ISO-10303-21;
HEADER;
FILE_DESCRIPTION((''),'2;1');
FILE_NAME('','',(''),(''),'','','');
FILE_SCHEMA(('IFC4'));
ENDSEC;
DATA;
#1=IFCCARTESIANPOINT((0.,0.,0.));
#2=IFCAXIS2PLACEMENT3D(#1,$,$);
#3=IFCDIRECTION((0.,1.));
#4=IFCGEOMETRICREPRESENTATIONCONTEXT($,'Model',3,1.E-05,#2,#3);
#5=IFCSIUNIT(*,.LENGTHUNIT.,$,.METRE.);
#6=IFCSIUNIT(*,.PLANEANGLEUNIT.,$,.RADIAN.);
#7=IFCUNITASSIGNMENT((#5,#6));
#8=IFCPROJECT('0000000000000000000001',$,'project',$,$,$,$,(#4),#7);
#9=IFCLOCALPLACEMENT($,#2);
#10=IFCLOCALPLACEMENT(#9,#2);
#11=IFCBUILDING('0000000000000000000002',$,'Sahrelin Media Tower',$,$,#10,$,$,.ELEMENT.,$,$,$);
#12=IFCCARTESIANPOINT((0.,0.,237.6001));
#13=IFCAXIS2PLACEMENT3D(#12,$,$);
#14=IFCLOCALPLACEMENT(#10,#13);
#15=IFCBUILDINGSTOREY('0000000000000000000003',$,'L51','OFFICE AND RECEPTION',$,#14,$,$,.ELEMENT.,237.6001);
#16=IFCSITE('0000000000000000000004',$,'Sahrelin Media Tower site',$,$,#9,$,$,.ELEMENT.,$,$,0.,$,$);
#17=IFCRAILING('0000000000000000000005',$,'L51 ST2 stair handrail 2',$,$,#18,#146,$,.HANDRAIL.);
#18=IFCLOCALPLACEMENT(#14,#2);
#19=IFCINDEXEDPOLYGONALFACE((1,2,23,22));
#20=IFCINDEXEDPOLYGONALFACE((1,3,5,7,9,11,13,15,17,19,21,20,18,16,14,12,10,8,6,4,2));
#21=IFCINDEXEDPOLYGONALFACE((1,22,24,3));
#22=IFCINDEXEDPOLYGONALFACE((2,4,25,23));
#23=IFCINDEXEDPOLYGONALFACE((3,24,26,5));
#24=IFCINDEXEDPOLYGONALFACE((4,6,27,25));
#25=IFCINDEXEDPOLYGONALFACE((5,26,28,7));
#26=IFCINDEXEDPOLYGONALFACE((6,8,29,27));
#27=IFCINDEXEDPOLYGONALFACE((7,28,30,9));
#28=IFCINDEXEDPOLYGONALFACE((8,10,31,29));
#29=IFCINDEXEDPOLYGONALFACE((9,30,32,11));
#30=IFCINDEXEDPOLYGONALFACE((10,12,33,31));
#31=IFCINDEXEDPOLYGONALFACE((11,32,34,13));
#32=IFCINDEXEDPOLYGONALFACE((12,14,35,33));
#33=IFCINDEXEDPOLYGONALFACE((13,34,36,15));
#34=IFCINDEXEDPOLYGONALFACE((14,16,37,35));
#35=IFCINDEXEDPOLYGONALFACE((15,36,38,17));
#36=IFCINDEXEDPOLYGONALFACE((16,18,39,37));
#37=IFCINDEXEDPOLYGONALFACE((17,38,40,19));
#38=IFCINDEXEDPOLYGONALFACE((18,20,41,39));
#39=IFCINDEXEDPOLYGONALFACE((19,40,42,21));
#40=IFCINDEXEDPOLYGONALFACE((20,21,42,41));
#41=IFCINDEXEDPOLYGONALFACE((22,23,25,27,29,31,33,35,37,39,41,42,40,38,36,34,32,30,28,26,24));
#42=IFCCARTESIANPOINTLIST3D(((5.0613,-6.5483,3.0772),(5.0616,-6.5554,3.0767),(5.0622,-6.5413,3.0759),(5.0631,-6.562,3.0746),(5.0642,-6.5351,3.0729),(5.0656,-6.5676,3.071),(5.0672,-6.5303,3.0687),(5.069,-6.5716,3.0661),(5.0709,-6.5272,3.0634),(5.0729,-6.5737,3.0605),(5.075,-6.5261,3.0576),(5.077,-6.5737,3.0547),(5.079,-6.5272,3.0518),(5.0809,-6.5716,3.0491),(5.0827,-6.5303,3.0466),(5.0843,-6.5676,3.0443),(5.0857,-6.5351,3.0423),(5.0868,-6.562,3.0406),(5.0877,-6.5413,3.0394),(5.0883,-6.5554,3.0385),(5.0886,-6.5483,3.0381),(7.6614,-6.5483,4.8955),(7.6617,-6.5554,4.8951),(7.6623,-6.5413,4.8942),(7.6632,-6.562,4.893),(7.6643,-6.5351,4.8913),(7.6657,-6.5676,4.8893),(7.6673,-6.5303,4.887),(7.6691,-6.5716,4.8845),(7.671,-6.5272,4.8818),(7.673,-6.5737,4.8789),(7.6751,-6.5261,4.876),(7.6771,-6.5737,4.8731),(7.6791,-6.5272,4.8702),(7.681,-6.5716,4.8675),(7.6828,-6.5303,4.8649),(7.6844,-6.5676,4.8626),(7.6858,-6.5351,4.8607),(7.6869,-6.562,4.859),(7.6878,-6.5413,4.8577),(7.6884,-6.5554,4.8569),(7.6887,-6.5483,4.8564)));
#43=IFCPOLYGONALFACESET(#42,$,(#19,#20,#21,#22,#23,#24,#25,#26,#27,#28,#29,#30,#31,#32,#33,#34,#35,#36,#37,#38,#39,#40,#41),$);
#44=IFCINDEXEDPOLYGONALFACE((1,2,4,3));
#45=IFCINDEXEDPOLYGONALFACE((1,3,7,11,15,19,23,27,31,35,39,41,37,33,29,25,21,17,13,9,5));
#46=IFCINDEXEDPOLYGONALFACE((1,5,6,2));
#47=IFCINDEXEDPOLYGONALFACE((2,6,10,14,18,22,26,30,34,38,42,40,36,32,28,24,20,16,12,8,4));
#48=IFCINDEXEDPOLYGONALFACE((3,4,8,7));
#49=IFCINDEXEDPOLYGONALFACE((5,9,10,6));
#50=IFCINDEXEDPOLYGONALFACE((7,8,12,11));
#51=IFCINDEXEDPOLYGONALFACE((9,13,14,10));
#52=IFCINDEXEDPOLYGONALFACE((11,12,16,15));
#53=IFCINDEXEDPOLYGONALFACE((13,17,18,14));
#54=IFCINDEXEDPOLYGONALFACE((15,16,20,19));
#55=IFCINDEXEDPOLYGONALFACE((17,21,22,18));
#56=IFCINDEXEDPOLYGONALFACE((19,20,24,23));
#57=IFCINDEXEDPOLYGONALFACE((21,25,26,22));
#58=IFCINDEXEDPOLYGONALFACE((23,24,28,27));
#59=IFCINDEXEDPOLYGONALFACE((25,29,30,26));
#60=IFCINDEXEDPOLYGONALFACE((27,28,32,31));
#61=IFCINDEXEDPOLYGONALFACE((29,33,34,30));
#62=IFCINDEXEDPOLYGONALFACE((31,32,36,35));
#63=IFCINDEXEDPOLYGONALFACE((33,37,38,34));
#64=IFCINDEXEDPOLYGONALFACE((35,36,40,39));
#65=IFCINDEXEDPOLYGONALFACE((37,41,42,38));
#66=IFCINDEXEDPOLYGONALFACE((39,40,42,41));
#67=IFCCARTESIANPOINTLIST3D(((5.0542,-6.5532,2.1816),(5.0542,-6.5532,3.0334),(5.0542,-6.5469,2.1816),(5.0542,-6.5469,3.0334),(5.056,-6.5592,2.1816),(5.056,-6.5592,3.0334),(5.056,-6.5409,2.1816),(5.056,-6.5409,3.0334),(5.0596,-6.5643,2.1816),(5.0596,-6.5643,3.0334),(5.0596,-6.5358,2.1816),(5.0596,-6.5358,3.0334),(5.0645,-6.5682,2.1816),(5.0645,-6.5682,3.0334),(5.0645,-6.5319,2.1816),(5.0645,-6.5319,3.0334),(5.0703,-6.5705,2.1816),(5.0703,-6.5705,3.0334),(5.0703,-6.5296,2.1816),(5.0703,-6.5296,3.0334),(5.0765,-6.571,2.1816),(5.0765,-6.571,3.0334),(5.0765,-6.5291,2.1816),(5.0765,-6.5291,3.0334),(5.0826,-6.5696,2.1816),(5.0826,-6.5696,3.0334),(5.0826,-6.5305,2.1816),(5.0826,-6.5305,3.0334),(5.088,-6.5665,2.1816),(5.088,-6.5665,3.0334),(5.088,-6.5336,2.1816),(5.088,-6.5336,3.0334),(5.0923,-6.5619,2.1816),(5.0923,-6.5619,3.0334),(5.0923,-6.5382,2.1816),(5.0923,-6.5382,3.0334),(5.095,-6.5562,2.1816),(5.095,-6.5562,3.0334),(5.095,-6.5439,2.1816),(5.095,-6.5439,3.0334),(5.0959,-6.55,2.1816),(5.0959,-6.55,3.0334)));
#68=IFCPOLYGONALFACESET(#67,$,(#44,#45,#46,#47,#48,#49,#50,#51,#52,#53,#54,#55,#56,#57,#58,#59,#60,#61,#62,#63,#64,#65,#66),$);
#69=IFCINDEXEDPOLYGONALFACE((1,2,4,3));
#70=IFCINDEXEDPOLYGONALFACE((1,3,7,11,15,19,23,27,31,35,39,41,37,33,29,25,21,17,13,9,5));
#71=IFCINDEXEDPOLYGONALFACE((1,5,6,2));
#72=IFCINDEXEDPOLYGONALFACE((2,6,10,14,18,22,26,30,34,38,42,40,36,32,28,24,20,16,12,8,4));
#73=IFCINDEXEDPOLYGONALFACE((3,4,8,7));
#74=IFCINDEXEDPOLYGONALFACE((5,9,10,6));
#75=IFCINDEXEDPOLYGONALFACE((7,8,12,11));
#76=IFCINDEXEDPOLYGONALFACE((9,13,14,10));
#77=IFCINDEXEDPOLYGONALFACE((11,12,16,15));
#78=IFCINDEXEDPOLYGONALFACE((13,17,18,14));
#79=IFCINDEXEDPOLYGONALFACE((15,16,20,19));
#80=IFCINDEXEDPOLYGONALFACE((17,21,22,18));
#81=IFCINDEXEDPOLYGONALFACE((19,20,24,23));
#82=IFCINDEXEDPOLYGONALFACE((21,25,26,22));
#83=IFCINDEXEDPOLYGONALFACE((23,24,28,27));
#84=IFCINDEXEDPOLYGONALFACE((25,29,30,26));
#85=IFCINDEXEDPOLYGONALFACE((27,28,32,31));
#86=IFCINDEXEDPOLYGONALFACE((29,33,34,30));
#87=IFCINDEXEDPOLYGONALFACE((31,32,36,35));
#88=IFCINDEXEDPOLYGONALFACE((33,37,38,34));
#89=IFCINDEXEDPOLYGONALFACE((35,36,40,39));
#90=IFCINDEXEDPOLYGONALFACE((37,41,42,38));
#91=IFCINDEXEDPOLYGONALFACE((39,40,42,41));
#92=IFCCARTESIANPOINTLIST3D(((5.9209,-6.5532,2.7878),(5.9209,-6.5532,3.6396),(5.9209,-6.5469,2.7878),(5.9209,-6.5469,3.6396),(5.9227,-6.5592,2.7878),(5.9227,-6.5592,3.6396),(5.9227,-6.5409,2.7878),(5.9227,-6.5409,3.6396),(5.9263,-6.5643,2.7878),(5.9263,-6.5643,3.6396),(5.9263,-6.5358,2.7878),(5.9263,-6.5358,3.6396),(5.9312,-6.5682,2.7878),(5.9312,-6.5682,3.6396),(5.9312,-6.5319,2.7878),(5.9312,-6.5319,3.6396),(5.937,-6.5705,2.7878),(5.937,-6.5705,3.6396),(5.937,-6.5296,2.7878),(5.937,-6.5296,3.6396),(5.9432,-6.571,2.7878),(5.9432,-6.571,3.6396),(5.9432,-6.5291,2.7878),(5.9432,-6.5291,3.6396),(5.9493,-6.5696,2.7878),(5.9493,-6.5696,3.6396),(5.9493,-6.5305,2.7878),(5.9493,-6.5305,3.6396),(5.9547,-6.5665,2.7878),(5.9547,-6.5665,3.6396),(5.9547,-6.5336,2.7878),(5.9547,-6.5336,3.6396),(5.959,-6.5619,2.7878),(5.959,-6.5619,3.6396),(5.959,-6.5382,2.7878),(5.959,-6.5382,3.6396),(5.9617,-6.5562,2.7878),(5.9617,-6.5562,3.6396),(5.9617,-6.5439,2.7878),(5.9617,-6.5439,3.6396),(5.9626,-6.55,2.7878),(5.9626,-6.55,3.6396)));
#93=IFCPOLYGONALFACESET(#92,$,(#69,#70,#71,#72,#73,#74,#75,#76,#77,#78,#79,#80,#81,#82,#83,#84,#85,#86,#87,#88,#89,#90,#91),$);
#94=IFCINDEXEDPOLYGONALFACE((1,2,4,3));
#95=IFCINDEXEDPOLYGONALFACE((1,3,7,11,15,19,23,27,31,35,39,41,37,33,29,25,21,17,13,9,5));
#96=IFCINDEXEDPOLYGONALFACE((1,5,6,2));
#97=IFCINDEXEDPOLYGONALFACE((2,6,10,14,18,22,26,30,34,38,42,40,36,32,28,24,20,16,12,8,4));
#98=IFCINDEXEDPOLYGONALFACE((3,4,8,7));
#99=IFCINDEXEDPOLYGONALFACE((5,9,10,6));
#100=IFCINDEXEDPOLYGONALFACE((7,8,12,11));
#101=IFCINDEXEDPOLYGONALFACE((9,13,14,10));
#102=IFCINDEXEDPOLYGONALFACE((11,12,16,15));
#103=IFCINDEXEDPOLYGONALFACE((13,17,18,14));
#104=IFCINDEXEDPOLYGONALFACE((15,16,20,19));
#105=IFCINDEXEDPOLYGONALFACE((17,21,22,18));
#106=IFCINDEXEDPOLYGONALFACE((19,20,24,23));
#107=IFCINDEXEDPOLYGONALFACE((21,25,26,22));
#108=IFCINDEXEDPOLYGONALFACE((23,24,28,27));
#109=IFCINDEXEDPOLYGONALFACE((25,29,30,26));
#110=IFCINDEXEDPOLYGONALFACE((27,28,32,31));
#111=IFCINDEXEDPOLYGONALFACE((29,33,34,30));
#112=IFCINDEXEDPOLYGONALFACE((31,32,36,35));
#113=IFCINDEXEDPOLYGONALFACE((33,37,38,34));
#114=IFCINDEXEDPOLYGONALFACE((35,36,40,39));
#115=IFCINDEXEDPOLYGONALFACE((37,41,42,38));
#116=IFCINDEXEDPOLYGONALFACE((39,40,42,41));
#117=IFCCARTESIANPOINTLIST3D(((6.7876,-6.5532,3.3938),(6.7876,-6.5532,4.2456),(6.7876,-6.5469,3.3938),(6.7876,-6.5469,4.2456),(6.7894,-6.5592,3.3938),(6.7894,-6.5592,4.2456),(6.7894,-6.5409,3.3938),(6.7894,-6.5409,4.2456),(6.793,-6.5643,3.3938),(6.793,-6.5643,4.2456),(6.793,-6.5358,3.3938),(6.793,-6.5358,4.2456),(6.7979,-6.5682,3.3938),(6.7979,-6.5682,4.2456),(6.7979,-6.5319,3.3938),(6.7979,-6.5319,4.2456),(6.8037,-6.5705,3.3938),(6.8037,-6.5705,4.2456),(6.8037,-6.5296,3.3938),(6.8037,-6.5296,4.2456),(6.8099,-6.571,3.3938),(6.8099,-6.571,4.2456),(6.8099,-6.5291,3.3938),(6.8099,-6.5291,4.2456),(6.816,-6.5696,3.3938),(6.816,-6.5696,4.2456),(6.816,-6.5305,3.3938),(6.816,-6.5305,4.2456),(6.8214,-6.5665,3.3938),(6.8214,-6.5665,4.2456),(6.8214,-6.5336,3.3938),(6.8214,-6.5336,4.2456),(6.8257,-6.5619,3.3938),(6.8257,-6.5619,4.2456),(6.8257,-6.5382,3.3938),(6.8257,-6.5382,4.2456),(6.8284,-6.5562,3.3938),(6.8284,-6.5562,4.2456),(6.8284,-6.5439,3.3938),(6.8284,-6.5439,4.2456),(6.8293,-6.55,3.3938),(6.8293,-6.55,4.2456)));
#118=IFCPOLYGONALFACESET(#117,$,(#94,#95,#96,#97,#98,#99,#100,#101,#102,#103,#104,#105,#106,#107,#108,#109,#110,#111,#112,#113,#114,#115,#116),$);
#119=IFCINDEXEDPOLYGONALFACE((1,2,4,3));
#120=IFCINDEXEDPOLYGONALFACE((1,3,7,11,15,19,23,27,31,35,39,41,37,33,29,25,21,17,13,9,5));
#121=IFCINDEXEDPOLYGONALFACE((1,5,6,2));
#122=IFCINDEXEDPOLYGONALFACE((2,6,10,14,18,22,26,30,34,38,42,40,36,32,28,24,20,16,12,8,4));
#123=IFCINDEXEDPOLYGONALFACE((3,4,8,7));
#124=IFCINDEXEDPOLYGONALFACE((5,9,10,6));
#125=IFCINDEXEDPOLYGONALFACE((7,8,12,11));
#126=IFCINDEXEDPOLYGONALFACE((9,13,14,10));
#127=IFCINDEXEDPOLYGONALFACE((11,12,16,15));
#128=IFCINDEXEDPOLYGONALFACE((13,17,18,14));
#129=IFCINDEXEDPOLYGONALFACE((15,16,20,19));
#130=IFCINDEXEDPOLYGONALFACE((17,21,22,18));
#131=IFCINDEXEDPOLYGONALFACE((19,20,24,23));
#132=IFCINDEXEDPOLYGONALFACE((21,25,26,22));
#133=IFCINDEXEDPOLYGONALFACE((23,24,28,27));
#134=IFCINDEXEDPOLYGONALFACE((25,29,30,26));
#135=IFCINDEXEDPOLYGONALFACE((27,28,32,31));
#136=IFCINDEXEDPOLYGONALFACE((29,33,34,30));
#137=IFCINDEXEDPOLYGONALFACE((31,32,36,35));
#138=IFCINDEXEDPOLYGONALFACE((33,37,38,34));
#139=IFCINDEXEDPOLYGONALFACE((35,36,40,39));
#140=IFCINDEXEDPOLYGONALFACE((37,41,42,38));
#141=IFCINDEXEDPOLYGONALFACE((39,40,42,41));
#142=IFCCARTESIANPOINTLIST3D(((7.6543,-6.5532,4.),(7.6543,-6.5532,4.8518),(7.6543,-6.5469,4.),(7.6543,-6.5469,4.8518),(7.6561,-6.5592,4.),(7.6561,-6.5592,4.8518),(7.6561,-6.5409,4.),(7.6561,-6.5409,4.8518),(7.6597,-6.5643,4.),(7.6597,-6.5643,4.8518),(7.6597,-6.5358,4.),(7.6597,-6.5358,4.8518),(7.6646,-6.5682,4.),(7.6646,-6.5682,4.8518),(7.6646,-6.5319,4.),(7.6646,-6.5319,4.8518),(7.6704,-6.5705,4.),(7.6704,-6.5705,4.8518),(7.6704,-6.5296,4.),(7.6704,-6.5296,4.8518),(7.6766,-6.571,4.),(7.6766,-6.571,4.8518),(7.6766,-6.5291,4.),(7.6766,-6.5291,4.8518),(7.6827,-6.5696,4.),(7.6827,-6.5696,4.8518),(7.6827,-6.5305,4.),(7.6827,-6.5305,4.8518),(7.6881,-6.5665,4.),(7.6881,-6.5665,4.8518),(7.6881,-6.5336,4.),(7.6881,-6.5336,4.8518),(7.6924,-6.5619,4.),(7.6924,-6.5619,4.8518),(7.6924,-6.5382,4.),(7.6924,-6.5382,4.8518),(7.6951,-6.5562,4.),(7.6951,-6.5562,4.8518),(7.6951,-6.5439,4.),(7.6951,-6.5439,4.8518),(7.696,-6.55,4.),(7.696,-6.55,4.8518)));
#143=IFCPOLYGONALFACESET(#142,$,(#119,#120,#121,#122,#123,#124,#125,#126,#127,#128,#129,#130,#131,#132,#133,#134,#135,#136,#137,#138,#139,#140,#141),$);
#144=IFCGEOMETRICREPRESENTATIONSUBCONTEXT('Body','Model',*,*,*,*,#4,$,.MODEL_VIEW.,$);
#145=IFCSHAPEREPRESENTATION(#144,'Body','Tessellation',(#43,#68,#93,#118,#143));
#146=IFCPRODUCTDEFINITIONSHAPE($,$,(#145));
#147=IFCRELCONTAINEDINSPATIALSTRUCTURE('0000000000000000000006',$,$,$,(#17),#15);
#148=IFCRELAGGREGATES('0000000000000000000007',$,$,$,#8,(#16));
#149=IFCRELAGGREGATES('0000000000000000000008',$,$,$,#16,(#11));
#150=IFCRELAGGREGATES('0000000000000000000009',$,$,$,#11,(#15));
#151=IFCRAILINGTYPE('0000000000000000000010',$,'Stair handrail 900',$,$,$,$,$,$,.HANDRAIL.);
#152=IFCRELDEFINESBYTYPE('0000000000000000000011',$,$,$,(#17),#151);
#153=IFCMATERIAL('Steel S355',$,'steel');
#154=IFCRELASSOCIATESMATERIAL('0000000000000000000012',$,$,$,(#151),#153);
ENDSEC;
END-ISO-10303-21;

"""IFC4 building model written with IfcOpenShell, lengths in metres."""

from ifc_helpers import new_model, si_unit, direction, frame, origin, origin_2d, place, context, subcontext, project, spatial, circle, extrude, material, type_object, element, save


model = new_model("IFC4")

# Units and contexts
model_context = context("Model", 3, precision=1e-05, world=origin(), true_north=direction((0.0, 1.0)))
body_context = subcontext(model_context, "Body", "Model", "MODEL_VIEW")
ifc_project = project(units=[si_unit("LENGTHUNIT", "METRE"), si_unit("PLANEANGLEUNIT", "RADIAN")], contexts=[model_context])

# Site, building, storey
site_placement = place(None, origin())
site = spatial("IfcSite", under=ifc_project, at=site_placement, Name="Sahrelin Media Tower site", CompositionType="ELEMENT", RefElevation=0.0)
building_placement = place(site_placement, origin())
building = spatial("IfcBuilding", under=site, at=building_placement, Name="Sahrelin Media Tower", CompositionType="ELEMENT")
storey_placement = place(building_placement, frame((0.0, 0.0, 237.6001)))
storey = spatial("IfcBuildingStorey", under=building, at=storey_placement, Name="L51", Description="OFFICE AND RECEPTION", CompositionType="ELEMENT", Elevation=237.6001)

# Shared definitions
ifc_material_1 = material(Name="Steel S355", Category="steel")

# Railing
railing_type_1 = type_object("IfcRailingType", Name="Stair handrail 900", PredefinedType="HANDRAIL", material=ifc_material_1)
railing_1_placement = place(storey_placement, frame((5.075, -6.55, 2.1816)))
element("IfcRailing", 1, at=railing_1_placement, inside=storey, type_object=railing_type_1, Name="L51 ST2 stair handrail 2", PredefinedType="HANDRAIL", context=body_context, shape_type="SweptSolid", body=[
    extrude(circle(Radius=0.0239, at=origin_2d()), frame((0.0, 0.0, 0.876), z_axis=(0.819485, 0.0, 0.573101), x_axis=(0.0, 1.0, 0.0)), (0.0, 0.0, 1.0), 3.1729),
    extrude(circle(Radius=0.021, at=origin_2d()), origin(), (0.0, 0.0, 1.0), 0.8518),
    extrude(circle(Radius=0.021, at=origin_2d()), frame((0.8667, 0.0, 0.6062)), (0.0, 0.0, 1.0), 0.8518),
    extrude(circle(Radius=0.021, at=origin_2d()), frame((1.7334, 0.0, 1.2122)), (0.0, 0.0, 1.0), 0.8518),
    extrude(circle(Radius=0.021, at=origin_2d()), frame((2.6001, 0.0, 1.8184)), (0.0, 0.0, 1.0), 0.8518),
])

save(model, "model.ifc")
